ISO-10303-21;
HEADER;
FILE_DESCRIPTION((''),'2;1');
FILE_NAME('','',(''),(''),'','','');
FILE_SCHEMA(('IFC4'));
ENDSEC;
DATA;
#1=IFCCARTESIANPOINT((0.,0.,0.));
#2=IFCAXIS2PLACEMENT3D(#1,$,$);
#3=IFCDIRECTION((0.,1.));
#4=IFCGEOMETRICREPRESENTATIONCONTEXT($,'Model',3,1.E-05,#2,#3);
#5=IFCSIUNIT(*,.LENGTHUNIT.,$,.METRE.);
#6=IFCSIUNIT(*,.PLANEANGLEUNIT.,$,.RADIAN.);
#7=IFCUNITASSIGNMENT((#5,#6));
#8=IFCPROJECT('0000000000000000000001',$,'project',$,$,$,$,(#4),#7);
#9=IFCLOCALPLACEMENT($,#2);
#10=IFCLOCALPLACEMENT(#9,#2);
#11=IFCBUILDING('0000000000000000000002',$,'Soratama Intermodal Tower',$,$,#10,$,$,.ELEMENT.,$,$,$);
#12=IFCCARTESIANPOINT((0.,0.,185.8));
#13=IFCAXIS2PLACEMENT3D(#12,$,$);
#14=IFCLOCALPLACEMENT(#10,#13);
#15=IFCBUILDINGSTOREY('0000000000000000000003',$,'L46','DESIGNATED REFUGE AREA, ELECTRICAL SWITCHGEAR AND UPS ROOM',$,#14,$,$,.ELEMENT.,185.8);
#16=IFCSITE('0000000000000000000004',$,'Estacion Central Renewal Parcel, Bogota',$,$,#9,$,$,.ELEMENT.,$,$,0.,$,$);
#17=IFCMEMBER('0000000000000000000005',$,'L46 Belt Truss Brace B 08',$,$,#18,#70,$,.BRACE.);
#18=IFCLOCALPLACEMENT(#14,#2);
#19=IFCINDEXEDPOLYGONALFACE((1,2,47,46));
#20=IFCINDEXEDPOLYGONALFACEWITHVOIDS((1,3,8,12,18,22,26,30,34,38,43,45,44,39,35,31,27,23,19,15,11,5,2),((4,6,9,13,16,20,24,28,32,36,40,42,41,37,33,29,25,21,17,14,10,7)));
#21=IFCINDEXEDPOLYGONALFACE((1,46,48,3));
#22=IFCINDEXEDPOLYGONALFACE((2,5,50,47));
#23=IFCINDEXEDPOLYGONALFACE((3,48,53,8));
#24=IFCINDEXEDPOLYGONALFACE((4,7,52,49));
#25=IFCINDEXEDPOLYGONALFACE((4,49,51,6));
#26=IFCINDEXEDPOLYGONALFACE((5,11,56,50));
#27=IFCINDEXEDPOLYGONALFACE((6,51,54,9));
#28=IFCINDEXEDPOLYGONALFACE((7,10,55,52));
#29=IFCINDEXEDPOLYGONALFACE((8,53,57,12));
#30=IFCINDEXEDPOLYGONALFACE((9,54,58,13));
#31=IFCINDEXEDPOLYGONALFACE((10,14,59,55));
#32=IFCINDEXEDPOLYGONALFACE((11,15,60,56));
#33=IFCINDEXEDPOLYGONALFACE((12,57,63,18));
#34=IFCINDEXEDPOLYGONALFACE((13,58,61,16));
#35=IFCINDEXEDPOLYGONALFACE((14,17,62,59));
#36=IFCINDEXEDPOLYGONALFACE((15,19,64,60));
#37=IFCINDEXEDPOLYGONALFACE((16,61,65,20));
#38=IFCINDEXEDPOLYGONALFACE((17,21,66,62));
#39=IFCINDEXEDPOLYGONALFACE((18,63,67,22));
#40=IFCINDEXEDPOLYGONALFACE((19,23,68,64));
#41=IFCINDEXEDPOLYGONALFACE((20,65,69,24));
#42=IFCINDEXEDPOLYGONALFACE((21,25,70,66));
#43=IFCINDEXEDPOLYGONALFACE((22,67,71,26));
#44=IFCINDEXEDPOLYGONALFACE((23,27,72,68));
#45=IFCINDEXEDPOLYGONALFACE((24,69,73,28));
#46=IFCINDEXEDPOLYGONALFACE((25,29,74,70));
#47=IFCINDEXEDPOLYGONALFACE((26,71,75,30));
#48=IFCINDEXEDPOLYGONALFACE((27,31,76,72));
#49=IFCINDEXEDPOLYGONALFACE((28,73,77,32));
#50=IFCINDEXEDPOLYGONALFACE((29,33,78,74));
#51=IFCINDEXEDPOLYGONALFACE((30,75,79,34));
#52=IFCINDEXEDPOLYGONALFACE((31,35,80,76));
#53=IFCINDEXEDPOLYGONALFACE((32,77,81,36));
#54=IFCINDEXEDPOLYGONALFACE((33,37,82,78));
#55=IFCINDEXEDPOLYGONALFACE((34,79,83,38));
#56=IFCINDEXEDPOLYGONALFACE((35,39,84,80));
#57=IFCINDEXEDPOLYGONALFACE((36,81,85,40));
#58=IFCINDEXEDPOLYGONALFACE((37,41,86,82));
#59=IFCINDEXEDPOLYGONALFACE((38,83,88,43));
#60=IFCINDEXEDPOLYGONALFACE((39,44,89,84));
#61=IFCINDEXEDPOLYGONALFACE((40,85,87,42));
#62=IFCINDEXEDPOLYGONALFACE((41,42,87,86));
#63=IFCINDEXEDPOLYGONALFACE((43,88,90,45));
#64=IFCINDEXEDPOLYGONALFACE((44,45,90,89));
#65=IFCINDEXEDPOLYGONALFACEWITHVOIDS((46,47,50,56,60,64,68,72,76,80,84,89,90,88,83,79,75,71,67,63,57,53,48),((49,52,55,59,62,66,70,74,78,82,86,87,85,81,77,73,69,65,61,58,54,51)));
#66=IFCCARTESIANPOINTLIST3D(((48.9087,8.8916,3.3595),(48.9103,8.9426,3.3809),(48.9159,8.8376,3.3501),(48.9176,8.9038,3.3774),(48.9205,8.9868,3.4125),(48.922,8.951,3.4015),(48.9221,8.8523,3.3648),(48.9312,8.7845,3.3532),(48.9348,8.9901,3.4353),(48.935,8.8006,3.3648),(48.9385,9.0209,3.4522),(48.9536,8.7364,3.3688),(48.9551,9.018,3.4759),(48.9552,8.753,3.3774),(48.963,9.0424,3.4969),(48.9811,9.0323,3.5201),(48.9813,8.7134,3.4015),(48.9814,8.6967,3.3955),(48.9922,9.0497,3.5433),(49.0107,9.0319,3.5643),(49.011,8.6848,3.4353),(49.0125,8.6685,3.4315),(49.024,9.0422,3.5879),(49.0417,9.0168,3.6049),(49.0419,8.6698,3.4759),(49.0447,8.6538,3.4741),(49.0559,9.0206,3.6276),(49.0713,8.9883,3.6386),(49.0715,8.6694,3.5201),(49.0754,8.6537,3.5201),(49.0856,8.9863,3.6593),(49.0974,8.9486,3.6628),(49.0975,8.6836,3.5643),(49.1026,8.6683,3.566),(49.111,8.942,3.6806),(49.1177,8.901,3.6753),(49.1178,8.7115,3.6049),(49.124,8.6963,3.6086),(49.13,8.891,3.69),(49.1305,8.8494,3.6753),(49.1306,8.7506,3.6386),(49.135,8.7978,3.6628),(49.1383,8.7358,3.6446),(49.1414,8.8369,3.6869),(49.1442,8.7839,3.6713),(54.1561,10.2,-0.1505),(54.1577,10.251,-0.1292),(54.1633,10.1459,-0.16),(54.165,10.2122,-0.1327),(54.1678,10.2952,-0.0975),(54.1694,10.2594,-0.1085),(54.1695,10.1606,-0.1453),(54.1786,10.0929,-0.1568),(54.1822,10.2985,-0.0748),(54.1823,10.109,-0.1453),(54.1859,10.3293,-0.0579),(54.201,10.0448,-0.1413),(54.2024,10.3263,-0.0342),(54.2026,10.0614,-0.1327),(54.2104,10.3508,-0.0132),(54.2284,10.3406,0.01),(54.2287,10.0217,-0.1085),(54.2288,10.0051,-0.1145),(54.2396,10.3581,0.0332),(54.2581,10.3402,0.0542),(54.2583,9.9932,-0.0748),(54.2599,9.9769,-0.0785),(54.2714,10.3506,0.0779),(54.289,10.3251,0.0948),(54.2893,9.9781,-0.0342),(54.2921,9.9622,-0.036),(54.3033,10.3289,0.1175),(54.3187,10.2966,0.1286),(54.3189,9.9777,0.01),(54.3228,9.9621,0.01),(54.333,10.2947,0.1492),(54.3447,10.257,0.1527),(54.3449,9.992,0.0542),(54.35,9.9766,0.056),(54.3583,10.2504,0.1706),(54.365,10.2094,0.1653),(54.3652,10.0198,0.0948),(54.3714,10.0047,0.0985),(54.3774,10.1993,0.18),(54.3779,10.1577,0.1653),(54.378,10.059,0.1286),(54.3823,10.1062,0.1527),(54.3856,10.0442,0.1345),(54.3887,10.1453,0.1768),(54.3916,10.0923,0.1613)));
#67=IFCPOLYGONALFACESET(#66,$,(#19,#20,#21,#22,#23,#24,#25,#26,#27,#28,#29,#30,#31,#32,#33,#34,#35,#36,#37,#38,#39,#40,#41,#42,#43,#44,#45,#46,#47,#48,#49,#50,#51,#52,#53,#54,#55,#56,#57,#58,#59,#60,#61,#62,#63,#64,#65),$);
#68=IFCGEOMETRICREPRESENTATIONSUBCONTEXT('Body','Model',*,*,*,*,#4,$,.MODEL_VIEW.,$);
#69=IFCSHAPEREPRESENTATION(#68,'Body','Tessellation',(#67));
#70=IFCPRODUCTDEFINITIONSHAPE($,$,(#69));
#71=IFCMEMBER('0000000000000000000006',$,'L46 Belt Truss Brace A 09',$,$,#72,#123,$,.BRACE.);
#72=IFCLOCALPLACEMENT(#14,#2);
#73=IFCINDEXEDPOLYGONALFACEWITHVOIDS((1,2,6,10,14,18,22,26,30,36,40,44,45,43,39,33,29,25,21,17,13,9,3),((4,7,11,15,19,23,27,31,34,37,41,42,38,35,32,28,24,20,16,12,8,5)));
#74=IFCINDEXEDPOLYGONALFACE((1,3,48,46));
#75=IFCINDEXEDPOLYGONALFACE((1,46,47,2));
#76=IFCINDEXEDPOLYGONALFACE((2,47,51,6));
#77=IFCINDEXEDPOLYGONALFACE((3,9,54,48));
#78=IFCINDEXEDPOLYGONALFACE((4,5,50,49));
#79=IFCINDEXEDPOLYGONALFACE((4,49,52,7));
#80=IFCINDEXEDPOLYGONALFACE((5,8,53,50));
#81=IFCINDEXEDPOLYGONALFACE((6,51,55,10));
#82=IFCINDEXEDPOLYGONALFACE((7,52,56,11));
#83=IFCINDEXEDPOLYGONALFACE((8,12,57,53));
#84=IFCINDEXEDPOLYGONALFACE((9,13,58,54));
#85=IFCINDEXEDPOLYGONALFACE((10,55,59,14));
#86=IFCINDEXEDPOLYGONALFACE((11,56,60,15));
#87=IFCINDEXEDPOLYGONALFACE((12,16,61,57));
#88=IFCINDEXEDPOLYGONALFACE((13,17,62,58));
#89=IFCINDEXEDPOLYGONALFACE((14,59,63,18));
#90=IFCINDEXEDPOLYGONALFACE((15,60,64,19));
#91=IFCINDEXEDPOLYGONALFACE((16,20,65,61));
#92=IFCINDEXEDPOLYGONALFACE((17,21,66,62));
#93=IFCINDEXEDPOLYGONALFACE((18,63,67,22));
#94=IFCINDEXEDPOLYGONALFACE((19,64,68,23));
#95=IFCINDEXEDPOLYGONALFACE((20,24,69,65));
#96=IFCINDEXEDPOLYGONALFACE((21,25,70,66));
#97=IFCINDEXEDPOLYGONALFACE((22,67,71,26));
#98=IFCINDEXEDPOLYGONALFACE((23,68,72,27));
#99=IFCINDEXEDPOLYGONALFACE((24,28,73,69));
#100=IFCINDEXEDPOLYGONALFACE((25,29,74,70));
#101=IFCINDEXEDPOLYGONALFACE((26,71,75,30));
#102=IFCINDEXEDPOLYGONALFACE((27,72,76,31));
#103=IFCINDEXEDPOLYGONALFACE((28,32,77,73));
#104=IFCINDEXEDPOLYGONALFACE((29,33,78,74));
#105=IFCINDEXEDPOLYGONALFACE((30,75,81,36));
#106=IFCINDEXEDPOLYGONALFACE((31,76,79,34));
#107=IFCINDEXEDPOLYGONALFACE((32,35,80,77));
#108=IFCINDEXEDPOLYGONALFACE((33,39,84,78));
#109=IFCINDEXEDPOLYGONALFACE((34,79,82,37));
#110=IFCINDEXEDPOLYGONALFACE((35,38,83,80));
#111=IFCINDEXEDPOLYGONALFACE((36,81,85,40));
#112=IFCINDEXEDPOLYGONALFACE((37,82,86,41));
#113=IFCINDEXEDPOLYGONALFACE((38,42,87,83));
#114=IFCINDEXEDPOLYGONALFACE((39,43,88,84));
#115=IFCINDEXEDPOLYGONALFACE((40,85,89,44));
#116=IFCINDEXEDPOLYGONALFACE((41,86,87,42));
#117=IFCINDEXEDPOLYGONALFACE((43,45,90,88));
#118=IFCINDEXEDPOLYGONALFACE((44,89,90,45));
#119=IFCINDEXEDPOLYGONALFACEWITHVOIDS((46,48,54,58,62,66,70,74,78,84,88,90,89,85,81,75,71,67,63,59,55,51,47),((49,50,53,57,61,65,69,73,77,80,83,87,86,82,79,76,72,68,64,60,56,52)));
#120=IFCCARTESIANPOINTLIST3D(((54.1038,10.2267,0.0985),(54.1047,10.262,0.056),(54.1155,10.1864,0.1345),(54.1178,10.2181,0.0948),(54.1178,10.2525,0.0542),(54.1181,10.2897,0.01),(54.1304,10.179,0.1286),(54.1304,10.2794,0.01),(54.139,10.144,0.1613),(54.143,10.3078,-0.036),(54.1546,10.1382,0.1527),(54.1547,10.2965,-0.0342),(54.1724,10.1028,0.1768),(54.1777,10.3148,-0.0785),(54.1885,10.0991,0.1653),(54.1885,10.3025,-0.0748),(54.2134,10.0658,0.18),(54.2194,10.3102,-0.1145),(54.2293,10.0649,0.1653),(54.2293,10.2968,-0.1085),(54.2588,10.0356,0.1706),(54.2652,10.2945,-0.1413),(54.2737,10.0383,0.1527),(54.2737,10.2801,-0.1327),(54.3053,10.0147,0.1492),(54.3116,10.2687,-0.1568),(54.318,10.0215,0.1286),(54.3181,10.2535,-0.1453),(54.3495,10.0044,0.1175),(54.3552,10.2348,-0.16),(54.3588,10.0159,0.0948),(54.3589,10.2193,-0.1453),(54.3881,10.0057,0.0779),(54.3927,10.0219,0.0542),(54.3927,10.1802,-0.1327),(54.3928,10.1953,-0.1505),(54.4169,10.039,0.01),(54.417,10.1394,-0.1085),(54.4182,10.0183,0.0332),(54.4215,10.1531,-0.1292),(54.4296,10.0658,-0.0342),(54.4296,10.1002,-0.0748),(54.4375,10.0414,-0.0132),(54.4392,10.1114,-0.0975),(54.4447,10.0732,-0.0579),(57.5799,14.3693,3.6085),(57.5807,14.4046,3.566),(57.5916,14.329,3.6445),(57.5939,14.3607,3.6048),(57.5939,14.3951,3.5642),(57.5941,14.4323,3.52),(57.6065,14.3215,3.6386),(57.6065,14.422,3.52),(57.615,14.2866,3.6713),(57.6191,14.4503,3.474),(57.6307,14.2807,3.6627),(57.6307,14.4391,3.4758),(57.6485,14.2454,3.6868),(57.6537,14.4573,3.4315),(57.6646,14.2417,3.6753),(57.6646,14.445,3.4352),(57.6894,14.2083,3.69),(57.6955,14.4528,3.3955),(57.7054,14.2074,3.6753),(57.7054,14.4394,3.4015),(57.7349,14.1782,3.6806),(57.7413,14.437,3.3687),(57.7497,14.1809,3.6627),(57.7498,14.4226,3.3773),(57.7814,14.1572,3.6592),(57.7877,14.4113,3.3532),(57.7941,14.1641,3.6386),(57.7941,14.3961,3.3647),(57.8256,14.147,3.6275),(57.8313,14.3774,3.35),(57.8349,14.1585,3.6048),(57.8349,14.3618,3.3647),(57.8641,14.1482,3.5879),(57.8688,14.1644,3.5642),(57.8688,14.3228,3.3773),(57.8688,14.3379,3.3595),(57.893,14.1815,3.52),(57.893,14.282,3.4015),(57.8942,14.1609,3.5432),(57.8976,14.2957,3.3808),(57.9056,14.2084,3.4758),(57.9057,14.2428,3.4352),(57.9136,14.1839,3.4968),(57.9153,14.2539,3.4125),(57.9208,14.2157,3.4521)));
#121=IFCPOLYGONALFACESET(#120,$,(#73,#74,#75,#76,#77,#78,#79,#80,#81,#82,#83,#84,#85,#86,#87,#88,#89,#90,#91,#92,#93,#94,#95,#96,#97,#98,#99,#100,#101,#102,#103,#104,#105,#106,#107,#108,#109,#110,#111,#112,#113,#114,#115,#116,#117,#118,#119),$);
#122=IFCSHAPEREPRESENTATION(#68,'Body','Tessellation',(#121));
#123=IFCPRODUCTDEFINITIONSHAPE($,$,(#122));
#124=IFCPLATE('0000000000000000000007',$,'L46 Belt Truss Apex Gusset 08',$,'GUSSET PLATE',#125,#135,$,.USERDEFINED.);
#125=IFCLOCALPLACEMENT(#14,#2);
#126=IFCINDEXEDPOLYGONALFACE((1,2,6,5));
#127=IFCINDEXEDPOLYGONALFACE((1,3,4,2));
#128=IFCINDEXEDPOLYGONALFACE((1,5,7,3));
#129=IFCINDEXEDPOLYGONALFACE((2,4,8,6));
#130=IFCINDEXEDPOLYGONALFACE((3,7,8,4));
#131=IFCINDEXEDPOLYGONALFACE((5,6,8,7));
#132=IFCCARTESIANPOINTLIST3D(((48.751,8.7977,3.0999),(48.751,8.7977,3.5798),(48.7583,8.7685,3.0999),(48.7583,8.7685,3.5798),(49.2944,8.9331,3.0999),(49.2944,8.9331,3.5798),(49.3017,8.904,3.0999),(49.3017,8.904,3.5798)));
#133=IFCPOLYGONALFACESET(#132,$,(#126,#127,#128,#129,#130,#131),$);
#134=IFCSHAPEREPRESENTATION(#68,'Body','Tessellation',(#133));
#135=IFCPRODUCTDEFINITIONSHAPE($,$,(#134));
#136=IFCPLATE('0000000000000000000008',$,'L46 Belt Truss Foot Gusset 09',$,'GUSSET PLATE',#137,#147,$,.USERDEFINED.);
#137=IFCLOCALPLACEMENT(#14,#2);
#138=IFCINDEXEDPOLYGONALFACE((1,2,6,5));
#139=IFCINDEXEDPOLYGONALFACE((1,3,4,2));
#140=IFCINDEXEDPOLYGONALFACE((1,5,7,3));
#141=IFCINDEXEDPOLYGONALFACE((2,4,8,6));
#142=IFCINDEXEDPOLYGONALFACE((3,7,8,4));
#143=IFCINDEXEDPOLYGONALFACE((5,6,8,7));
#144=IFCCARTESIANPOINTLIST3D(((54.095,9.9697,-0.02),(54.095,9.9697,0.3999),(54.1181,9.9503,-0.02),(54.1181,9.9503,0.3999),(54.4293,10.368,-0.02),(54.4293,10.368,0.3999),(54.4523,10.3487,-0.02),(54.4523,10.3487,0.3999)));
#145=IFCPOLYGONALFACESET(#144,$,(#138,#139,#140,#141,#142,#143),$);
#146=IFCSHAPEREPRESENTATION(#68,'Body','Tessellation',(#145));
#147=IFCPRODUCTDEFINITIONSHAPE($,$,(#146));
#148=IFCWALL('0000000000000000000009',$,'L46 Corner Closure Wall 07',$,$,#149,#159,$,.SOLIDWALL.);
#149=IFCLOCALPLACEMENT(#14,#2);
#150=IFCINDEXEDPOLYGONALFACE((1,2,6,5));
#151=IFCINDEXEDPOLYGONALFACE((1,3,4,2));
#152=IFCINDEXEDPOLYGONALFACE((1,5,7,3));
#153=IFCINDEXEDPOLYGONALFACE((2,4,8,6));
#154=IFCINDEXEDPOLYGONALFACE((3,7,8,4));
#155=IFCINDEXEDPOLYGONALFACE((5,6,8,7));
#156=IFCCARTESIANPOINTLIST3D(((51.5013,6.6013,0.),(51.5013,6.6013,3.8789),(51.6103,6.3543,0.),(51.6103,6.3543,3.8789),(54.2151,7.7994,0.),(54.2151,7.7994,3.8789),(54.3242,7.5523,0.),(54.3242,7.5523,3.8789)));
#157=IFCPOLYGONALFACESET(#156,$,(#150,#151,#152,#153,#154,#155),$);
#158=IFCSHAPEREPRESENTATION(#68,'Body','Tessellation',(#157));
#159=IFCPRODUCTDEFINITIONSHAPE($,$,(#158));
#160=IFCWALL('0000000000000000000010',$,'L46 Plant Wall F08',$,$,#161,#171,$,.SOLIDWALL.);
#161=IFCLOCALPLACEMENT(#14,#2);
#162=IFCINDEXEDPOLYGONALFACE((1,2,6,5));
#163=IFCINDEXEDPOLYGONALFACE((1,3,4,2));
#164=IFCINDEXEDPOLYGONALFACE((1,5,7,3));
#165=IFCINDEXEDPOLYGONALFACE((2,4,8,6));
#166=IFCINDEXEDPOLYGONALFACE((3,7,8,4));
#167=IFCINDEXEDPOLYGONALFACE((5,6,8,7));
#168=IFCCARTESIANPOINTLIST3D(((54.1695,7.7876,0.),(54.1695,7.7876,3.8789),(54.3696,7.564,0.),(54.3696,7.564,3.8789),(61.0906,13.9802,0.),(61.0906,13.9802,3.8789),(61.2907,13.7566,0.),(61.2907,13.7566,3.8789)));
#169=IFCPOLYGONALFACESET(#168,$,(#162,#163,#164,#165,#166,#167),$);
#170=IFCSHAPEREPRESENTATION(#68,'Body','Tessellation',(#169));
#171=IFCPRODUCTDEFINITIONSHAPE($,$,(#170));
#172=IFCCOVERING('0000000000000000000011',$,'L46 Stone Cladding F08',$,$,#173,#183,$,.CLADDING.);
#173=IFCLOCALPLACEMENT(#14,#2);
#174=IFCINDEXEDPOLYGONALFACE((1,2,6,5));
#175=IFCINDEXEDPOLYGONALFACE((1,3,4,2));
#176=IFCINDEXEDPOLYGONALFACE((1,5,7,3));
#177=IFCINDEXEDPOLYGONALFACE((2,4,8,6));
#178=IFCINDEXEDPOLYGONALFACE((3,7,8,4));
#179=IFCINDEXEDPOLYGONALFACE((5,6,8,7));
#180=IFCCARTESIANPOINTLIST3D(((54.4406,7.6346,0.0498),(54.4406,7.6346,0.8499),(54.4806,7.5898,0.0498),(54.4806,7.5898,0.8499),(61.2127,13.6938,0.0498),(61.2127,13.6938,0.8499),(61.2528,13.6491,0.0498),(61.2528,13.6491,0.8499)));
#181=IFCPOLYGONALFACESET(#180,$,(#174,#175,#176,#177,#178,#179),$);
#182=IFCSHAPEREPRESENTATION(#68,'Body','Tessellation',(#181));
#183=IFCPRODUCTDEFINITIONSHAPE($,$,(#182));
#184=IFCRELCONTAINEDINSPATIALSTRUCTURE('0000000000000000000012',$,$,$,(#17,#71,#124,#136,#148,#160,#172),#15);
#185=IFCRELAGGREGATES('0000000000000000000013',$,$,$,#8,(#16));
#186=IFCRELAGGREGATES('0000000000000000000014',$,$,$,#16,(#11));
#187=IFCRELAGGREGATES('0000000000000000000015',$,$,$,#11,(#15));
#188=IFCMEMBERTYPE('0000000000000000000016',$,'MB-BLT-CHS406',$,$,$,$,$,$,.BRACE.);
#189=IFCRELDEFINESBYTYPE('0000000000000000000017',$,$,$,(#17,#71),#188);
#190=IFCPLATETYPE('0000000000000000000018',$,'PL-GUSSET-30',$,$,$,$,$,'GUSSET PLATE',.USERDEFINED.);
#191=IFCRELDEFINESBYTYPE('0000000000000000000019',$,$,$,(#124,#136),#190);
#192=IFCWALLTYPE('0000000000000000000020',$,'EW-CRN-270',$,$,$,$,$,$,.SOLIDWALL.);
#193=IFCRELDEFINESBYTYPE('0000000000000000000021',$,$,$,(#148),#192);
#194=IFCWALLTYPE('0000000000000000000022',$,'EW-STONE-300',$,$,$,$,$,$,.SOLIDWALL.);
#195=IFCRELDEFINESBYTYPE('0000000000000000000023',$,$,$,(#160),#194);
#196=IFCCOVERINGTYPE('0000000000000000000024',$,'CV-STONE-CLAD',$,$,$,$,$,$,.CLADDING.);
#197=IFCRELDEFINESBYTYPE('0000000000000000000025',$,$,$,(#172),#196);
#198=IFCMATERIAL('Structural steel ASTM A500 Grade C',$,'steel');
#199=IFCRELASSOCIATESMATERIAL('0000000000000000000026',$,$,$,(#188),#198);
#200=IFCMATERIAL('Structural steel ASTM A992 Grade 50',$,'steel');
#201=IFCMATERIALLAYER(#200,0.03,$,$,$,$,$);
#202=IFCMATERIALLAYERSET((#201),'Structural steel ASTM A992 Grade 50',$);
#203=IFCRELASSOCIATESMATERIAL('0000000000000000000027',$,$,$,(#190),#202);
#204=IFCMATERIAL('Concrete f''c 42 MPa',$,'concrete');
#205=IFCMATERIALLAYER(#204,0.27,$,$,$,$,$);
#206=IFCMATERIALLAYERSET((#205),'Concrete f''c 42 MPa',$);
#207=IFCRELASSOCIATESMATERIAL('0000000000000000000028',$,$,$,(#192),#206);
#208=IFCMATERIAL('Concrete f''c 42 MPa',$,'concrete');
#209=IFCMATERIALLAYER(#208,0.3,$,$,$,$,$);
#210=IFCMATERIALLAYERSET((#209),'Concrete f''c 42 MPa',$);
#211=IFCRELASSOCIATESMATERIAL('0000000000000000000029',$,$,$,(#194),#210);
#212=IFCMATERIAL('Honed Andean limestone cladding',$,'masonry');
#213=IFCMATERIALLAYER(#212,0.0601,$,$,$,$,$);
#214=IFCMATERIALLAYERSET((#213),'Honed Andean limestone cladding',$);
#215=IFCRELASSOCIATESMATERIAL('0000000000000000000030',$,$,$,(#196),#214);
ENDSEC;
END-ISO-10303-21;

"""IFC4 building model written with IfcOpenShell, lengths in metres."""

from ifc_helpers import new_model, si_unit, direction, frame, frame_2d, origin, origin_2d, place, context, subcontext, project, spatial, rectangle, hollow_circle, extrude, material, layer, layer_set, material_profile, profile_set, type_object, element, save


model = new_model("IFC4")

# Units and contexts
model_context = context("Model", 3, precision=1e-05, world=origin(), true_north=direction((0.0, 1.0)))
body_context = subcontext(model_context, "Body", "Model", "MODEL_VIEW")
ifc_project = project(units=[si_unit("LENGTHUNIT", "METRE"), si_unit("PLANEANGLEUNIT", "RADIAN")], contexts=[model_context])

# Site, building, storey
site_placement = place(None, origin())
site = spatial("IfcSite", under=ifc_project, at=site_placement, Name="Estacion Central Renewal Parcel, Bogota", CompositionType="ELEMENT", RefElevation=0.0)
building_placement = place(site_placement, origin())
building = spatial("IfcBuilding", under=site, at=building_placement, Name="Soratama Intermodal Tower", CompositionType="ELEMENT")
storey_placement = place(building_placement, frame((0.0, 0.0, 185.8)))
storey = spatial("IfcBuildingStorey", under=building, at=storey_placement, Name="L46", Description="DESIGNATED REFUGE AREA, ELECTRICAL SWITCHGEAR AND UPS ROOM", CompositionType="ELEMENT", Elevation=185.8)

# Members
ifc_material_1 = material(Name="Structural steel ASTM A500 Grade C", Category="steel")
ifc_material_profile_1 = material_profile(ifc_material_1, hollow_circle(Radius=0.2031, WallThickness=0.0161, at=origin_2d()), Name="CHS406X16")
ifc_profile_set_1 = profile_set([ifc_material_profile_1], Name="Structural steel ASTM A500 Grade C")
member_type = type_object("IfcMemberType", Name="MB-BLT-CHS406", PredefinedType="BRACE", material=ifc_profile_set_1)
member_1_placement = place(storey_placement, frame((54.2737, 10.1592, 0.01), z_axis=(-0.813892, -0.202933, 0.544425), x_axis=(0.24193, -0.970294, 0.0)))
element("IfcMember", 1, at=member_1_placement, inside=storey, type_object=member_type, Name="L46 Belt Truss Brace B 08", PredefinedType="BRACE", context=body_context, shape_type="SweptSolid", body=[
    extrude(hollow_circle(Radius=0.2031, WallThickness=0.0161, at=origin_2d()), origin(), (0.0, 0.0, 1.0), 6.4473),
])
member_2_placement = place(storey_placement, frame((54.2737, 10.1592, 0.01), z_axis=(0.539174, 0.642556, 0.544438), x_axis=(-0.766041, 0.642792, 0.0)))
element("IfcMember", 2, at=member_2_placement, inside=storey, type_object=member_type, Name="L46 Belt Truss Brace A 09", PredefinedType="BRACE", context=body_context, shape_type="SweptSolid", body=[
    extrude(hollow_circle(Radius=0.2031, WallThickness=0.0161, at=origin_2d()), origin(), (0.0, 0.0, 1.0), 6.447),
])

# Plates
ifc_material_2 = material(Name="Structural steel ASTM A992 Grade 50", Category="steel")
ifc_layer_1 = layer(ifc_material_2, 0.03)
ifc_layer_set_1 = layer_set([ifc_layer_1], Name="Structural steel ASTM A992 Grade 50")
plate_type = type_object("IfcPlateType", Name="PL-GUSSET-30", ElementType="GUSSET PLATE", PredefinedType="USERDEFINED", material=ifc_layer_set_1)
plate_1_placement = place(storey_placement, frame((49.0264, 8.8508, 3.0999), z_axis=(0.0, 0.0, 1.0), x_axis=(0.970296, 0.241922, 0.0)))
element("IfcPlate", 3, at=plate_1_placement, inside=storey, type_object=plate_type, Name="L46 Belt Truss Apex Gusset 08", ObjectType="GUSSET PLATE", PredefinedType="USERDEFINED", context=body_context, shape_type="SweptSolid", body=[
    extrude(rectangle(XDim=0.5601, YDim=0.03, at=origin_2d()), origin(), (0.0, 0.0, 1.0), 0.48),
])
plate_2_placement = place(storey_placement, frame((54.2737, 10.1592, -0.02), z_axis=(0.0, 0.0, 1.0), x_axis=(0.642788, 0.766044, 0.0)))
element("IfcPlate", 4, at=plate_2_placement, inside=storey, type_object=plate_type, Name="L46 Belt Truss Foot Gusset 09", ObjectType="GUSSET PLATE", PredefinedType="USERDEFINED", context=body_context, shape_type="SweptSolid", body=[
    extrude(rectangle(XDim=0.52, YDim=0.03, at=origin_2d()), origin(), (0.0, 0.0, 1.0), 0.4199),
])

# Walls
ifc_material_3 = material(Name="Concrete f'c 42 MPa", Category="concrete")
ifc_layer_2 = layer(ifc_material_3, 0.27)
ifc_layer_set_2 = layer_set([ifc_layer_2], Name="Concrete f'c 42 MPa")
wall_type_1 = type_object("IfcWallType", Name="EW-CRN-270", PredefinedType="SOLIDWALL", material=ifc_layer_set_2)
wall_1_placement = place(storey_placement, frame((51.5557, 6.4778, 0.0), z_axis=(0.0, 0.0, 1.0), x_axis=(0.91483, 0.403839, 0.0)))
element("IfcWall", 5, at=wall_1_placement, inside=storey, type_object=wall_type_1, Name="L46 Corner Closure Wall 07", PredefinedType="SOLIDWALL", context=body_context, shape_type="SweptSolid", body=[
    extrude(rectangle(XDim=2.9666, YDim=0.27, at=frame_2d((1.4834, 0.0))), origin(), (0.0, 0.0, 1.0), 3.8789),
])
ifc_material_4 = material(Name="Concrete f'c 42 MPa", Category="concrete")
ifc_layer_3 = layer(ifc_material_4, 0.3)
ifc_layer_set_3 = layer_set([ifc_layer_3], Name="Concrete f'c 42 MPa")
wall_type_2 = type_object("IfcWallType", Name="EW-STONE-300", PredefinedType="SOLIDWALL", material=ifc_layer_set_3)
wall_2_placement = place(storey_placement, frame((54.2695, 7.6758, 0.0), z_axis=(0.0, 0.0, 1.0), x_axis=(0.74524, 0.666796, 0.0)))
element("IfcWall", 6, at=wall_2_placement, inside=storey, type_object=wall_type_2, Name="L46 Plant Wall F08", PredefinedType="SOLIDWALL", context=body_context, shape_type="SweptSolid", body=[
    extrude(rectangle(XDim=9.2871, YDim=0.3, at=frame_2d((4.6436, 0.0))), origin(), (0.0, 0.0, 1.0), 3.8789),
])

# Covering
ifc_material_5 = material(Name="Honed Andean limestone cladding", Category="masonry")
ifc_layer_4 = layer(ifc_material_5, 0.0601)
ifc_layer_set_4 = layer_set([ifc_layer_4], Name="Honed Andean limestone cladding")
covering_type = type_object("IfcCoveringType", Name="CV-STONE-CLAD", PredefinedType="CLADDING", material=ifc_layer_set_4)
covering_placement = place(storey_placement, frame((57.8467, 10.6418, 0.0498), z_axis=(0.0, 0.0, 1.0), x_axis=(0.745243, 0.666793, 0.0)))
element("IfcCovering", 7, at=covering_placement, inside=storey, type_object=covering_type, Name="L46 Stone Cladding F08", PredefinedType="CLADDING", context=body_context, shape_type="SweptSolid", body=[
    extrude(rectangle(XDim=9.0872, YDim=0.0601, at=origin_2d()), origin(), (0.0, 0.0, 1.0), 0.8),
])

save(model, "model.ifc")
